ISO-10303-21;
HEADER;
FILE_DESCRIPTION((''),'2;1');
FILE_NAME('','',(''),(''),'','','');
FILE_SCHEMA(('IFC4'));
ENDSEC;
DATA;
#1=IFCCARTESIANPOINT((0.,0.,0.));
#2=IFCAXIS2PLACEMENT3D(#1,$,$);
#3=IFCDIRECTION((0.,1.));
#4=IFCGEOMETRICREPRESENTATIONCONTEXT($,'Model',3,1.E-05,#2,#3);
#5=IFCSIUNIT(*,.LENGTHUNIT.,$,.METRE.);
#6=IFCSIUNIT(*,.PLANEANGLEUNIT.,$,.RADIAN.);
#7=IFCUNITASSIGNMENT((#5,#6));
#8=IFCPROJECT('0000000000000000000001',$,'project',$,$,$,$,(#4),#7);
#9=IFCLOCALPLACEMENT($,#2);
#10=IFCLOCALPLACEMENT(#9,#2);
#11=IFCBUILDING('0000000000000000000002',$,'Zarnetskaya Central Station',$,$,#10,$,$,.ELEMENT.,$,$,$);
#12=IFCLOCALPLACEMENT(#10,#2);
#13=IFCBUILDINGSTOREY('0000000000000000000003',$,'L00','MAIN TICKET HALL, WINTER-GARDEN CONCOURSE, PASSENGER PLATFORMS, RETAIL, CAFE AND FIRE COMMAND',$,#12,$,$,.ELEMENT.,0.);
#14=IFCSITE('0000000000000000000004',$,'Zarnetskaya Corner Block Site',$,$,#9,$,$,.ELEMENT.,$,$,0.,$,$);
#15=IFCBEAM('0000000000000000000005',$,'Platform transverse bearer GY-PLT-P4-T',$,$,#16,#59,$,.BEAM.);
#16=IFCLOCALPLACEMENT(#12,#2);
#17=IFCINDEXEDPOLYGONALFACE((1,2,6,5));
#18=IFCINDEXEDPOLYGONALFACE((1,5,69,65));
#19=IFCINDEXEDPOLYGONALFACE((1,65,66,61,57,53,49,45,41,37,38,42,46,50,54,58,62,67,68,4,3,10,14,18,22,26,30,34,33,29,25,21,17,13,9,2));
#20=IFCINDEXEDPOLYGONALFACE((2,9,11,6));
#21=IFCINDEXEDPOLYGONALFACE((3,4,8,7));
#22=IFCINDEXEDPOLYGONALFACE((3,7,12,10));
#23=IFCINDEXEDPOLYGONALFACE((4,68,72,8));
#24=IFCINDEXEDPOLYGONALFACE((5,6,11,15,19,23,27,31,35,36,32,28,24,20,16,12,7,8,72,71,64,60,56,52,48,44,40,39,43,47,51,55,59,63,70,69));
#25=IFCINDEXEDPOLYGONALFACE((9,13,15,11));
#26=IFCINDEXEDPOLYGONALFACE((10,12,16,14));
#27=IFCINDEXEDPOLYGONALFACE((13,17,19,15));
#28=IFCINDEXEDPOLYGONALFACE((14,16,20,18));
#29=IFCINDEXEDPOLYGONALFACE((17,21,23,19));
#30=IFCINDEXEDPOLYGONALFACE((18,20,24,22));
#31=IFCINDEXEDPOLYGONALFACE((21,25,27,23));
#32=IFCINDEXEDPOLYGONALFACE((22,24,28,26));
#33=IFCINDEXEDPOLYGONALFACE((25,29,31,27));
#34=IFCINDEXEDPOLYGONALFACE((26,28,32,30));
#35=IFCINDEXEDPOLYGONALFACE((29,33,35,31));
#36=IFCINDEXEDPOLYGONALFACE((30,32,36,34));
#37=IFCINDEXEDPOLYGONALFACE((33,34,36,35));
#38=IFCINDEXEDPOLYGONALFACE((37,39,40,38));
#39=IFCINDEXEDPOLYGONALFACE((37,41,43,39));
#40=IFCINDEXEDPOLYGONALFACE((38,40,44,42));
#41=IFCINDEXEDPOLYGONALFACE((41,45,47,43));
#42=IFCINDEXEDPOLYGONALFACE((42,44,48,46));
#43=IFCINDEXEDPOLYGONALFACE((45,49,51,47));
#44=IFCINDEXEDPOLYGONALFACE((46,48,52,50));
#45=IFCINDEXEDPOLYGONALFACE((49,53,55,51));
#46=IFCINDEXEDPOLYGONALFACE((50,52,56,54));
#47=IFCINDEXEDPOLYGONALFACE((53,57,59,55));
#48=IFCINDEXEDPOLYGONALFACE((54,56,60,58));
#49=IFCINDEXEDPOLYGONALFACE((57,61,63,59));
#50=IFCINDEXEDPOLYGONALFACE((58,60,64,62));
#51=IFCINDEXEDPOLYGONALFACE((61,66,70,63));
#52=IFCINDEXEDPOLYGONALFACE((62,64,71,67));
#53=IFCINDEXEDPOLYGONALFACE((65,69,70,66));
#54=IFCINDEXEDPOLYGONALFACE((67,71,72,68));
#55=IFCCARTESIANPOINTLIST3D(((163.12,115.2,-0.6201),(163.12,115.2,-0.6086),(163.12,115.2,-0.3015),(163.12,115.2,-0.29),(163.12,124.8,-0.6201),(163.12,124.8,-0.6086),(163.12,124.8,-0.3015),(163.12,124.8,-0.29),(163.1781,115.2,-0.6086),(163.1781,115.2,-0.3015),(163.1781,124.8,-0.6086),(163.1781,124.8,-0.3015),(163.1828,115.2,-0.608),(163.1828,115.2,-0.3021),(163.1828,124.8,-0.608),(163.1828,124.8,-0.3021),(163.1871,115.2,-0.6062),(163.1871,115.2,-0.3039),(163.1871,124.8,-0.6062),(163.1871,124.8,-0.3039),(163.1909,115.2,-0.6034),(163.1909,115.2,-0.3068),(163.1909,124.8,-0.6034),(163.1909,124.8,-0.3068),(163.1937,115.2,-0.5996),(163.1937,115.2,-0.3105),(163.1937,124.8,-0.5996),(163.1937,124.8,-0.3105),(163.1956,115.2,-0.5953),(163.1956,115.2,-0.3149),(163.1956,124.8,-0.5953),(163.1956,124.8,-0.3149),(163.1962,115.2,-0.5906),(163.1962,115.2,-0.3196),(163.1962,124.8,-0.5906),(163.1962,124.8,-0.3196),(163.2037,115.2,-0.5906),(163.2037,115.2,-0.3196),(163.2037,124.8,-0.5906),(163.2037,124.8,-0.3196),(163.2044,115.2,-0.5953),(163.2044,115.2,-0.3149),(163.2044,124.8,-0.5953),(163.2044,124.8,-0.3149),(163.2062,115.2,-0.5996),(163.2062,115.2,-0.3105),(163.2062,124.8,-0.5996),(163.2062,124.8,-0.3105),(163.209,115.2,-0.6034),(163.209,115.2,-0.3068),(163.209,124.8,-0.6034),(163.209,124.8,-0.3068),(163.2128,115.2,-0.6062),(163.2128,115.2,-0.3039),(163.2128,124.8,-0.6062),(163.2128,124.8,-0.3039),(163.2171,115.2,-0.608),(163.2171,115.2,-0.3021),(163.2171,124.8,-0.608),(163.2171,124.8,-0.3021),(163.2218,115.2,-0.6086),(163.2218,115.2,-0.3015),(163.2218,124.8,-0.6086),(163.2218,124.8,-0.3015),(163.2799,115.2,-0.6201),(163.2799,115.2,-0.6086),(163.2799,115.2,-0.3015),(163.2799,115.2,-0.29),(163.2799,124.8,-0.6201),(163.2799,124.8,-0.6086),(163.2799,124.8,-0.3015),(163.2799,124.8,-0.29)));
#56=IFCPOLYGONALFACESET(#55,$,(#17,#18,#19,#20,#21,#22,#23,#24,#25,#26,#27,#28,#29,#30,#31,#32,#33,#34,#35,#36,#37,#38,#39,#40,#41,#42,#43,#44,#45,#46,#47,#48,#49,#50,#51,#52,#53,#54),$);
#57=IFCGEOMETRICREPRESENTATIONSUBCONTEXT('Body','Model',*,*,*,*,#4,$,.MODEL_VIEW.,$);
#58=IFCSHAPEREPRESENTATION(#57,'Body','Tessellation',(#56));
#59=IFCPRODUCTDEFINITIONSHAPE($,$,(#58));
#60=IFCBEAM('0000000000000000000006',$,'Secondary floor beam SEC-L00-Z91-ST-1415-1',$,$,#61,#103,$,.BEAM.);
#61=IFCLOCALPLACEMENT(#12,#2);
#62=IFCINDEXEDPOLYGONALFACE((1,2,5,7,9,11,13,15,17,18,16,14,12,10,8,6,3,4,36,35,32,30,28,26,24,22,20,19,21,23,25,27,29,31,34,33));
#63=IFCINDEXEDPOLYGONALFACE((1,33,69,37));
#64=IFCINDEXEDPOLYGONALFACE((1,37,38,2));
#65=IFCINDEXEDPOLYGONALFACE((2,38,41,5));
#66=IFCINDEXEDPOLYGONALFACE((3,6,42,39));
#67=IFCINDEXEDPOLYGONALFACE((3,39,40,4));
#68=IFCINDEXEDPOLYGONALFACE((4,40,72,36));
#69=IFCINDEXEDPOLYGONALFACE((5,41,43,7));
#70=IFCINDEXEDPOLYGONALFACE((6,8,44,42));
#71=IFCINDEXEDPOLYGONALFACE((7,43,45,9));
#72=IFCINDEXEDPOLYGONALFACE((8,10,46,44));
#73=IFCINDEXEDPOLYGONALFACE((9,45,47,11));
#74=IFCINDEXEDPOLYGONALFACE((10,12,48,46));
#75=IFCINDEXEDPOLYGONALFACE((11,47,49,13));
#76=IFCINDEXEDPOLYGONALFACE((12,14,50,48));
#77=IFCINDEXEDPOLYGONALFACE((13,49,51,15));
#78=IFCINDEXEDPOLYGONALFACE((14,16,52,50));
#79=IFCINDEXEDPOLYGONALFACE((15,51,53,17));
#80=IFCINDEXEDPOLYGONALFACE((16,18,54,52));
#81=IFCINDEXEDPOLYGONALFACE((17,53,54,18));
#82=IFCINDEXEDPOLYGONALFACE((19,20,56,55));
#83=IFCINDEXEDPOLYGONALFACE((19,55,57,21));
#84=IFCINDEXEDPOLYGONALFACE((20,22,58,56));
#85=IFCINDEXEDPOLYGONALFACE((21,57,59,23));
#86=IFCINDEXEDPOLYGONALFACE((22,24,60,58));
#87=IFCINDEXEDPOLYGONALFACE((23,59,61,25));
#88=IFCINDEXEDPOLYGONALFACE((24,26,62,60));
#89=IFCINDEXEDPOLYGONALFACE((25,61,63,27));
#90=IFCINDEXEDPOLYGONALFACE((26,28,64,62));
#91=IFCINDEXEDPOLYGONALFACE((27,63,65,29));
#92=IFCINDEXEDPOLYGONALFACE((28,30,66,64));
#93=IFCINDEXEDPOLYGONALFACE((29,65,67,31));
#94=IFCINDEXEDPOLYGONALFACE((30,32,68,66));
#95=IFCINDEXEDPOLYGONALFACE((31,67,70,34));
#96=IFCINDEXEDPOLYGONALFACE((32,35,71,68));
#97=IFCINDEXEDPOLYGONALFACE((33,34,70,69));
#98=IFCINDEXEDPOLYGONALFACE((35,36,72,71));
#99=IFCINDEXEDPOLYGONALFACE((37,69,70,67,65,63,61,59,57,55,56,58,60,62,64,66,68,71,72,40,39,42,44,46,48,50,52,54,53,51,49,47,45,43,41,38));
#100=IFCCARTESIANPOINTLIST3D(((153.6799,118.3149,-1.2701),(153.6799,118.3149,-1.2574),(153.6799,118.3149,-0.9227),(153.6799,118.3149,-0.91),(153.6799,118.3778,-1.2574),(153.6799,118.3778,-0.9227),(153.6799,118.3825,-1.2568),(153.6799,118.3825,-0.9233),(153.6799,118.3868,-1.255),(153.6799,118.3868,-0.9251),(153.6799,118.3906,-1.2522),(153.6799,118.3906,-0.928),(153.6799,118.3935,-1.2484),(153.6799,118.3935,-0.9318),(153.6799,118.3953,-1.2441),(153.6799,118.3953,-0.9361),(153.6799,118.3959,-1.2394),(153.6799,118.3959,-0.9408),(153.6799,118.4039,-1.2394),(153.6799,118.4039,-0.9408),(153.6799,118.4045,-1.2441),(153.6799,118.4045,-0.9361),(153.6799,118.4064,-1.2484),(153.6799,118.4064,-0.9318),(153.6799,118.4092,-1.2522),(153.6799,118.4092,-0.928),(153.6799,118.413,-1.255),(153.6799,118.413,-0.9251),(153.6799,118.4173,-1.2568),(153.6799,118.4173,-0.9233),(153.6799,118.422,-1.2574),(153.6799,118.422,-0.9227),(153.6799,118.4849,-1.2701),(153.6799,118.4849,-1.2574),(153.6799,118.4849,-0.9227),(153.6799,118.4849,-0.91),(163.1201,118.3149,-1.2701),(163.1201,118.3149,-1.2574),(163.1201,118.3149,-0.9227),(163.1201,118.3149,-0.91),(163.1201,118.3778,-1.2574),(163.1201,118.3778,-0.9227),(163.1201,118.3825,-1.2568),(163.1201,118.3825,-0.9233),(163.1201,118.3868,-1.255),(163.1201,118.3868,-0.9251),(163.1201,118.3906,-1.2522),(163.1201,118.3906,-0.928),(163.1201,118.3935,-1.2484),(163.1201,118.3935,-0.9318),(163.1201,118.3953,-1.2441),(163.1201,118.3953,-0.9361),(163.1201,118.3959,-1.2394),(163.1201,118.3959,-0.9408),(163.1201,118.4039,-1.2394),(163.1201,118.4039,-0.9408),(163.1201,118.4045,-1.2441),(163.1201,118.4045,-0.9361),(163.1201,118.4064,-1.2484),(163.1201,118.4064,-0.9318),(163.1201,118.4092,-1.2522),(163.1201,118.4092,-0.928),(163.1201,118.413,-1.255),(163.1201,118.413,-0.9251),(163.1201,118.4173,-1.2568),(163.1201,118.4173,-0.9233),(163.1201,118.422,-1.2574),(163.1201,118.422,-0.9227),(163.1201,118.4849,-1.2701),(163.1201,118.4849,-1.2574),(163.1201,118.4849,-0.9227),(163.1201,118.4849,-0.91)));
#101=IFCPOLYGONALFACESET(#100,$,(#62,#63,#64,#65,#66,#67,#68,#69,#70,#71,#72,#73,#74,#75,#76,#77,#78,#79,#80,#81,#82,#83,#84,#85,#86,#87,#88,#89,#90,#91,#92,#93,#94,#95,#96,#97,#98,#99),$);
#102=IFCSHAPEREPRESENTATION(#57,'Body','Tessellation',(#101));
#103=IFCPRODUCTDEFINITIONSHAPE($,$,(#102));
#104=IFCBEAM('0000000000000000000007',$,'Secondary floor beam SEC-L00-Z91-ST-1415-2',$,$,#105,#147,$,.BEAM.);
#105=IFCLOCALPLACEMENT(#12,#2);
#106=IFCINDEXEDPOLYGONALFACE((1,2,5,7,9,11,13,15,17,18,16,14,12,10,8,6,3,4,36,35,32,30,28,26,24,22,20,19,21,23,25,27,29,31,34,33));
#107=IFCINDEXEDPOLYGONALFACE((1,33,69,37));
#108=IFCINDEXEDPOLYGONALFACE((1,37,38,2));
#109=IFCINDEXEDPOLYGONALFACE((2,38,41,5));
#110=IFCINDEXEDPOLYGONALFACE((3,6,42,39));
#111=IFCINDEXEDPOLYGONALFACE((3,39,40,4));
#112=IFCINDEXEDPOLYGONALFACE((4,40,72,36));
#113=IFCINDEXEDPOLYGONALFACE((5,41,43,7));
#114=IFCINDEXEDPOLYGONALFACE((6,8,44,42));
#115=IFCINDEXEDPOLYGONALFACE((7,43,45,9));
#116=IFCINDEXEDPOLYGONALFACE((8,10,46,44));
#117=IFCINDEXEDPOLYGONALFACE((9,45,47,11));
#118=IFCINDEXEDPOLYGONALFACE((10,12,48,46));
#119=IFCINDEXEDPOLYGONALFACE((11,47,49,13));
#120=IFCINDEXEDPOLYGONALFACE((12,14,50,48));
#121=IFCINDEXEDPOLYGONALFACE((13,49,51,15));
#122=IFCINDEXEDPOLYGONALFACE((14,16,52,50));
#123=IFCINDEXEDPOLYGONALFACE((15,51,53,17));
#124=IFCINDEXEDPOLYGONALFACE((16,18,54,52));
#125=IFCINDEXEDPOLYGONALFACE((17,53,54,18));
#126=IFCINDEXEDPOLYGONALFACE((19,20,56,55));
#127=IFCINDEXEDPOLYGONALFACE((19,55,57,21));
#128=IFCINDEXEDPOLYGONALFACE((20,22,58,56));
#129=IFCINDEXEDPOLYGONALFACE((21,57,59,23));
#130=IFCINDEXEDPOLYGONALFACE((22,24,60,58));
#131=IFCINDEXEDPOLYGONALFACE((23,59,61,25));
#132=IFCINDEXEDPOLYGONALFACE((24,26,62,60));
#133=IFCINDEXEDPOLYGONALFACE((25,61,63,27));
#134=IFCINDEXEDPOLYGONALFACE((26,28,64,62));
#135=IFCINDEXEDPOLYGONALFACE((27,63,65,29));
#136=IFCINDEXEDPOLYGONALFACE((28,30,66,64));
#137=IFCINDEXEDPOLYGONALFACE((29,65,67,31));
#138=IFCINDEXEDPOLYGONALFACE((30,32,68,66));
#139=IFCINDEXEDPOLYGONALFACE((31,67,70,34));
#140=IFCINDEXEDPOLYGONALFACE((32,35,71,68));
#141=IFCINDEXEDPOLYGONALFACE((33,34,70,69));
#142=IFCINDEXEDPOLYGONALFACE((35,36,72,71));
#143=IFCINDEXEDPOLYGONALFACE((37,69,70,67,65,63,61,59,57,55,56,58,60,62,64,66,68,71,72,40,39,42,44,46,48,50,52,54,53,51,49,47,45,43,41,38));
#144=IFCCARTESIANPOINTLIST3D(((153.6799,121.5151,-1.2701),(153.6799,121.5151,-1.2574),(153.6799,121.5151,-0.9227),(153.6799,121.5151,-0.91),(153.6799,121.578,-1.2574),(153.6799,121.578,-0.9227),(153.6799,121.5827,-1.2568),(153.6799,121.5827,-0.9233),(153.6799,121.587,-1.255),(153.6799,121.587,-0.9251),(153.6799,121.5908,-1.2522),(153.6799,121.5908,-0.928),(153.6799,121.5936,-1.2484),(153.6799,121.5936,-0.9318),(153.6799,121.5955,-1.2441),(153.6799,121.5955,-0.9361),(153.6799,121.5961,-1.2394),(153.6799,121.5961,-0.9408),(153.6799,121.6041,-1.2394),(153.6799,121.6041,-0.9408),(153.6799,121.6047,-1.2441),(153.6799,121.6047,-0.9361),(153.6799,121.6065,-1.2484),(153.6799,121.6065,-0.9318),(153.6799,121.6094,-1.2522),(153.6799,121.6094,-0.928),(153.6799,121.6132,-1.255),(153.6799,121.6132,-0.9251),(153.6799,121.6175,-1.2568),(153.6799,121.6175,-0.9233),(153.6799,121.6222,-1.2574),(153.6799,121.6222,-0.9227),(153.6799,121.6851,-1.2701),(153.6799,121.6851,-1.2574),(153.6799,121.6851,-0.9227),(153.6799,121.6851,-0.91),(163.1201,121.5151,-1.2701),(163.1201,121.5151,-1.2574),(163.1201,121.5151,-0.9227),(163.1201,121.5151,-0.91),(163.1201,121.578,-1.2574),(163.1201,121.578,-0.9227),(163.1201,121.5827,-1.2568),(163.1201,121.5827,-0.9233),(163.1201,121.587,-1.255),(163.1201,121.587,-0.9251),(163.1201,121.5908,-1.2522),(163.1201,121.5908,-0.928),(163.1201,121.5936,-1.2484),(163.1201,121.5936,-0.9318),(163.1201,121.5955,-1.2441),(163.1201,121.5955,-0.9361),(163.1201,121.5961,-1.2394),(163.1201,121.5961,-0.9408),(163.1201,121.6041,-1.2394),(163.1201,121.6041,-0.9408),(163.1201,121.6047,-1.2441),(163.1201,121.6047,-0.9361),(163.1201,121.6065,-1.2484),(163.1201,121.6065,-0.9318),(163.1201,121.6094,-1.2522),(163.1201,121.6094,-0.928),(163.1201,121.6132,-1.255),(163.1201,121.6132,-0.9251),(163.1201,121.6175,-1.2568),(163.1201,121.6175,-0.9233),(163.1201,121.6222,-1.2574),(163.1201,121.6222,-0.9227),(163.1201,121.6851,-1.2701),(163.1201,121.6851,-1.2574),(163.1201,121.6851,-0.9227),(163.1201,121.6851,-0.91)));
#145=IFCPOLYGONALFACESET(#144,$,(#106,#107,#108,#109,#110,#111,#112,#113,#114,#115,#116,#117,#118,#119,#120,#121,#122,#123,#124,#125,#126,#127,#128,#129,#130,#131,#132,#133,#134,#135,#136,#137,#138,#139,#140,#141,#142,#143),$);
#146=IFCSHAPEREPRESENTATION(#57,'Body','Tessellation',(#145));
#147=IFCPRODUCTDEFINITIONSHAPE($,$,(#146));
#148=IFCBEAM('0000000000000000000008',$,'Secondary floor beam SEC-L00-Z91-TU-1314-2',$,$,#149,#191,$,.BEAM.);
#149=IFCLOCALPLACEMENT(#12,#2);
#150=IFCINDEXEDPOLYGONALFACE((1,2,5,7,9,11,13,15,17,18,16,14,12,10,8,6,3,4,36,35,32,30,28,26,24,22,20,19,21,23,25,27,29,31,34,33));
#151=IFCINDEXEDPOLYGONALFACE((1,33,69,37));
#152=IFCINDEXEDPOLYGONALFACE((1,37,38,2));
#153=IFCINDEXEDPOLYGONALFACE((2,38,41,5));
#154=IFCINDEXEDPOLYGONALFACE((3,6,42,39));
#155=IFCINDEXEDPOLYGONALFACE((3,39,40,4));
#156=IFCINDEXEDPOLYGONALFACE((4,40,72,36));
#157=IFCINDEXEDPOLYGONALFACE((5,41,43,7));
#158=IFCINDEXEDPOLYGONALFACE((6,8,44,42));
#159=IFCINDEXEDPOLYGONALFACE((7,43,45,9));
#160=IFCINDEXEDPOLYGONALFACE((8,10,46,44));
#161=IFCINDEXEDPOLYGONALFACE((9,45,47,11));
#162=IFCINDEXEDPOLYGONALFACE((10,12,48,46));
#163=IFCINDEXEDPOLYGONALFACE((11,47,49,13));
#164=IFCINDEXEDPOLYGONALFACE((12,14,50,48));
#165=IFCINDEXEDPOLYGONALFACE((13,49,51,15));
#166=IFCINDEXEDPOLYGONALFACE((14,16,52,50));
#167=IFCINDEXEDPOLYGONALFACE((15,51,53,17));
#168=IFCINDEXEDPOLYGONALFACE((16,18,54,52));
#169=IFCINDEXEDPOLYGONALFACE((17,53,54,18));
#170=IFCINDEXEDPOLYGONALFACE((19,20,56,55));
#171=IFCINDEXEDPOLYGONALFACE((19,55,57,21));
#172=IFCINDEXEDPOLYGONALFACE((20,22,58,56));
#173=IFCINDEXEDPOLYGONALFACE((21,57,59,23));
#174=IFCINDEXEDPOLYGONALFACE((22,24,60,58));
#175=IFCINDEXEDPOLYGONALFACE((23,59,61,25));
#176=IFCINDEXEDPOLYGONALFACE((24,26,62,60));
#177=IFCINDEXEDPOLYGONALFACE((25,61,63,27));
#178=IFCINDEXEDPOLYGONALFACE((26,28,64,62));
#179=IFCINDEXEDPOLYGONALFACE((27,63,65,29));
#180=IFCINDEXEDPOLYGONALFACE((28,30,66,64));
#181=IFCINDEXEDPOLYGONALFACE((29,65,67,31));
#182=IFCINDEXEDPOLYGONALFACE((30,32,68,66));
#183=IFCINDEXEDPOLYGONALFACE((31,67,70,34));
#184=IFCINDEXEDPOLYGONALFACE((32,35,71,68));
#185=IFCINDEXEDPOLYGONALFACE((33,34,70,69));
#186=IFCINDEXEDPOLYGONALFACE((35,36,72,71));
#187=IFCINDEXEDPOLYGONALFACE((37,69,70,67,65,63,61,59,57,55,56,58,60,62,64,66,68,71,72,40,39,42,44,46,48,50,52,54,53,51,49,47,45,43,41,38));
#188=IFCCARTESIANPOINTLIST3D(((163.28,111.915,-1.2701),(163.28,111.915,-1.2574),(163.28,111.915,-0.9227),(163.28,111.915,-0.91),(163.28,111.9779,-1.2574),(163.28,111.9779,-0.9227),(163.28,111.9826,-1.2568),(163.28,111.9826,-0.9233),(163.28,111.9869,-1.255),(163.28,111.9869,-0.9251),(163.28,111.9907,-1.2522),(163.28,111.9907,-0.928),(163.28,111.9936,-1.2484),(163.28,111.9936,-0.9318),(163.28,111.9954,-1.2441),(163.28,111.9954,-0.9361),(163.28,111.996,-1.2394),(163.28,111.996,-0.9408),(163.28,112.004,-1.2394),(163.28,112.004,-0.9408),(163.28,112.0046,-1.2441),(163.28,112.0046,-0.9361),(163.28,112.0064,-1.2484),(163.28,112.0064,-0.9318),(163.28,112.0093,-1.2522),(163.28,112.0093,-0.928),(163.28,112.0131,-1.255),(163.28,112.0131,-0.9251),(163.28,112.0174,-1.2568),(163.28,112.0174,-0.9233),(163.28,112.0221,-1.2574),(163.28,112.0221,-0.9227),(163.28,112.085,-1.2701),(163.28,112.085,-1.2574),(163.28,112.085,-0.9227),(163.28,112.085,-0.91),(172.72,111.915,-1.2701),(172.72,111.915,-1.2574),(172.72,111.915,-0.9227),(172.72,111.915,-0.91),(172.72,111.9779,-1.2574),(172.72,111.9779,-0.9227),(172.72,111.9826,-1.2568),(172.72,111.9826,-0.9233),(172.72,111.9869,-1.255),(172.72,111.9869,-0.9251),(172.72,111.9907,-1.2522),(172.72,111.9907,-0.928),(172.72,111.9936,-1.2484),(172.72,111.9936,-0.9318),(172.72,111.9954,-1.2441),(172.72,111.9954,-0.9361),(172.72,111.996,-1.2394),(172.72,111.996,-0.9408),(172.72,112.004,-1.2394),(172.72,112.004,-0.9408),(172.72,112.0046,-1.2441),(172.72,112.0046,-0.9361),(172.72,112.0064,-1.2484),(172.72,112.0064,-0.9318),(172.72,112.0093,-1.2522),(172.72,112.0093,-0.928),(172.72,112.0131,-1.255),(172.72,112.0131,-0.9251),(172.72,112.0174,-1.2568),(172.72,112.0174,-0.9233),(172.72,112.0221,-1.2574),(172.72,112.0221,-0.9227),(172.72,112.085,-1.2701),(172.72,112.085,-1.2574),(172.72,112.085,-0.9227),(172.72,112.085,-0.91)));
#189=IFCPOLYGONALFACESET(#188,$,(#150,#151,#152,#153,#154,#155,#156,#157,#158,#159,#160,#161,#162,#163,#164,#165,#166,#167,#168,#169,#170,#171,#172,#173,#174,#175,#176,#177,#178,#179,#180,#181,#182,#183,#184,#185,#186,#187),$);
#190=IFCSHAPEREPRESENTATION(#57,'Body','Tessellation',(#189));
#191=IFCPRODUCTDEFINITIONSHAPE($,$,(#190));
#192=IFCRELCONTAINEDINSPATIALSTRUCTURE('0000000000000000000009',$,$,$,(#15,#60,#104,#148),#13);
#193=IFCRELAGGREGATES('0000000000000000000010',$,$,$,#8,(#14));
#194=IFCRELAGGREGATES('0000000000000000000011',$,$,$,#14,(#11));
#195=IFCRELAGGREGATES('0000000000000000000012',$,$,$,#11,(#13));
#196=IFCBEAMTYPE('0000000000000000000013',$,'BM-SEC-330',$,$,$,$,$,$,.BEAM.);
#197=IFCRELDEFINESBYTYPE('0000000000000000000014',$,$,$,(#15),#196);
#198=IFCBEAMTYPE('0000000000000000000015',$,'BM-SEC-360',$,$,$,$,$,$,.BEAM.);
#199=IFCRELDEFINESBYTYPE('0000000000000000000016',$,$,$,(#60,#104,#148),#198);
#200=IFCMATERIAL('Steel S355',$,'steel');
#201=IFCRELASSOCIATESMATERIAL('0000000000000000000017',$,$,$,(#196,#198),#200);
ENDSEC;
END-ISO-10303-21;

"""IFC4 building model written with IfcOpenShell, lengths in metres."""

from ifc_helpers import new_model, si_unit, direction, frame, origin, origin_2d, place, context, subcontext, project, spatial, i_section, extrude, material, material_profile, profile_set, type_object, element, save


model = new_model("IFC4")

# Units and contexts
model_context = context("Model", 3, precision=1e-05, world=origin(), true_north=direction((0.0, 1.0)))
body_context = subcontext(model_context, "Body", "Model", "MODEL_VIEW")
ifc_project = project(units=[si_unit("LENGTHUNIT", "METRE"), si_unit("PLANEANGLEUNIT", "RADIAN")], contexts=[model_context])

# Site, building, storey
site_placement = place(None, origin())
site = spatial("IfcSite", under=ifc_project, at=site_placement, Name="Zarnetskaya Corner Block Site", CompositionType="ELEMENT", RefElevation=0.0)
building_placement = place(site_placement, origin())
building = spatial("IfcBuilding", under=site, at=building_placement, Name="Zarnetskaya Central Station", CompositionType="ELEMENT")
storey_placement = place(building_placement, origin())
storey = spatial("IfcBuildingStorey", under=building, at=storey_placement, Name="L00", Description="MAIN TICKET HALL, WINTER-GARDEN CONCOURSE, PASSENGER PLATFORMS, RETAIL, CAFE AND FIRE COMMAND", CompositionType="ELEMENT", Elevation=0.0)

# Shared definitions
ifc_material = material(Name="Steel S355", Category="steel")

# Beams
ifc_material_profile_1 = material_profile(ifc_material, i_section(OverallWidth=0.1599, OverallDepth=0.3301, WebThickness=0.0076, FlangeThickness=0.0115, FilletRadius=0.0181, at=origin_2d()), Name="IPE 330")
ifc_profile_set_1 = profile_set([ifc_material_profile_1], Name="Steel S355")
beam_type_1 = type_object("IfcBeamType", Name="BM-SEC-330", PredefinedType="BEAM", material=ifc_profile_set_1)
for number, where, z_axis, x_axis, name in (
    (1, (163.2, 115.2, -0.4551), (0.0, 1.0, 0.0), (-1.0, 0.0, 0.0), "Platform transverse bearer GY-PLT-P4-T"),
):
    element("IfcBeam", number, at=place(storey_placement, frame(where, z_axis=z_axis, x_axis=x_axis)), inside=storey, type_object=beam_type_1, Name=name, PredefinedType="BEAM", context=body_context, shape_type="SweptSolid", body=[
        extrude(i_section(OverallWidth=0.1599, OverallDepth=0.3301, WebThickness=0.0076, FlangeThickness=0.0115, FilletRadius=0.0181, at=origin_2d()), origin(), (0.0, 0.0, 1.0), 9.6001),
    ])
ifc_material_profile_2 = material_profile(ifc_material, i_section(OverallWidth=0.1699, OverallDepth=0.3601, WebThickness=0.0081, FlangeThickness=0.0127, FilletRadius=0.0181, at=origin_2d()), Name="IPE 360")
ifc_profile_set_2 = profile_set([ifc_material_profile_2], Name="Steel S355")
beam_type_2 = type_object("IfcBeamType", Name="BM-SEC-360", PredefinedType="BEAM", material=ifc_profile_set_2)
for number, where, z_axis, x_axis, name in (
    (2, (153.6799, 118.3999, -1.0901), (1.0, 0.0, 0.0), (0.0, 1.0, 0.0), "Secondary floor beam SEC-L00-Z91-ST-1415-1"),
    (3, (153.6799, 121.6001, -1.0901), (1.0, 0.0, 0.0), (0.0, 1.0, 0.0), "Secondary floor beam SEC-L00-Z91-ST-1415-2"),
):
    element("IfcBeam", number, at=place(storey_placement, frame(where, z_axis=z_axis, x_axis=x_axis)), inside=storey, type_object=beam_type_2, Name=name, PredefinedType="BEAM", context=body_context, shape_type="SweptSolid", body=[
        extrude(i_section(OverallWidth=0.1699, OverallDepth=0.3601, WebThickness=0.0081, FlangeThickness=0.0127, FilletRadius=0.0181, at=origin_2d()), origin(), (0.0, 0.0, 1.0), 9.4402),
    ])
for number, where, z_axis, x_axis, name in (
    (4, (163.28, 112.0, -1.0901), (1.0, 0.0, 0.0), (0.0, 1.0, 0.0), "Secondary floor beam SEC-L00-Z91-TU-1314-2"),
):
    element("IfcBeam", number, at=place(storey_placement, frame(where, z_axis=z_axis, x_axis=x_axis)), inside=storey, type_object=beam_type_2, Name=name, PredefinedType="BEAM", context=body_context, shape_type="SweptSolid", body=[
        extrude(i_section(OverallWidth=0.1699, OverallDepth=0.3601, WebThickness=0.0081, FlangeThickness=0.0127, FilletRadius=0.0181, at=origin_2d()), origin(), (0.0, 0.0, 1.0), 9.4399),
    ])

save(model, "model.ifc")
